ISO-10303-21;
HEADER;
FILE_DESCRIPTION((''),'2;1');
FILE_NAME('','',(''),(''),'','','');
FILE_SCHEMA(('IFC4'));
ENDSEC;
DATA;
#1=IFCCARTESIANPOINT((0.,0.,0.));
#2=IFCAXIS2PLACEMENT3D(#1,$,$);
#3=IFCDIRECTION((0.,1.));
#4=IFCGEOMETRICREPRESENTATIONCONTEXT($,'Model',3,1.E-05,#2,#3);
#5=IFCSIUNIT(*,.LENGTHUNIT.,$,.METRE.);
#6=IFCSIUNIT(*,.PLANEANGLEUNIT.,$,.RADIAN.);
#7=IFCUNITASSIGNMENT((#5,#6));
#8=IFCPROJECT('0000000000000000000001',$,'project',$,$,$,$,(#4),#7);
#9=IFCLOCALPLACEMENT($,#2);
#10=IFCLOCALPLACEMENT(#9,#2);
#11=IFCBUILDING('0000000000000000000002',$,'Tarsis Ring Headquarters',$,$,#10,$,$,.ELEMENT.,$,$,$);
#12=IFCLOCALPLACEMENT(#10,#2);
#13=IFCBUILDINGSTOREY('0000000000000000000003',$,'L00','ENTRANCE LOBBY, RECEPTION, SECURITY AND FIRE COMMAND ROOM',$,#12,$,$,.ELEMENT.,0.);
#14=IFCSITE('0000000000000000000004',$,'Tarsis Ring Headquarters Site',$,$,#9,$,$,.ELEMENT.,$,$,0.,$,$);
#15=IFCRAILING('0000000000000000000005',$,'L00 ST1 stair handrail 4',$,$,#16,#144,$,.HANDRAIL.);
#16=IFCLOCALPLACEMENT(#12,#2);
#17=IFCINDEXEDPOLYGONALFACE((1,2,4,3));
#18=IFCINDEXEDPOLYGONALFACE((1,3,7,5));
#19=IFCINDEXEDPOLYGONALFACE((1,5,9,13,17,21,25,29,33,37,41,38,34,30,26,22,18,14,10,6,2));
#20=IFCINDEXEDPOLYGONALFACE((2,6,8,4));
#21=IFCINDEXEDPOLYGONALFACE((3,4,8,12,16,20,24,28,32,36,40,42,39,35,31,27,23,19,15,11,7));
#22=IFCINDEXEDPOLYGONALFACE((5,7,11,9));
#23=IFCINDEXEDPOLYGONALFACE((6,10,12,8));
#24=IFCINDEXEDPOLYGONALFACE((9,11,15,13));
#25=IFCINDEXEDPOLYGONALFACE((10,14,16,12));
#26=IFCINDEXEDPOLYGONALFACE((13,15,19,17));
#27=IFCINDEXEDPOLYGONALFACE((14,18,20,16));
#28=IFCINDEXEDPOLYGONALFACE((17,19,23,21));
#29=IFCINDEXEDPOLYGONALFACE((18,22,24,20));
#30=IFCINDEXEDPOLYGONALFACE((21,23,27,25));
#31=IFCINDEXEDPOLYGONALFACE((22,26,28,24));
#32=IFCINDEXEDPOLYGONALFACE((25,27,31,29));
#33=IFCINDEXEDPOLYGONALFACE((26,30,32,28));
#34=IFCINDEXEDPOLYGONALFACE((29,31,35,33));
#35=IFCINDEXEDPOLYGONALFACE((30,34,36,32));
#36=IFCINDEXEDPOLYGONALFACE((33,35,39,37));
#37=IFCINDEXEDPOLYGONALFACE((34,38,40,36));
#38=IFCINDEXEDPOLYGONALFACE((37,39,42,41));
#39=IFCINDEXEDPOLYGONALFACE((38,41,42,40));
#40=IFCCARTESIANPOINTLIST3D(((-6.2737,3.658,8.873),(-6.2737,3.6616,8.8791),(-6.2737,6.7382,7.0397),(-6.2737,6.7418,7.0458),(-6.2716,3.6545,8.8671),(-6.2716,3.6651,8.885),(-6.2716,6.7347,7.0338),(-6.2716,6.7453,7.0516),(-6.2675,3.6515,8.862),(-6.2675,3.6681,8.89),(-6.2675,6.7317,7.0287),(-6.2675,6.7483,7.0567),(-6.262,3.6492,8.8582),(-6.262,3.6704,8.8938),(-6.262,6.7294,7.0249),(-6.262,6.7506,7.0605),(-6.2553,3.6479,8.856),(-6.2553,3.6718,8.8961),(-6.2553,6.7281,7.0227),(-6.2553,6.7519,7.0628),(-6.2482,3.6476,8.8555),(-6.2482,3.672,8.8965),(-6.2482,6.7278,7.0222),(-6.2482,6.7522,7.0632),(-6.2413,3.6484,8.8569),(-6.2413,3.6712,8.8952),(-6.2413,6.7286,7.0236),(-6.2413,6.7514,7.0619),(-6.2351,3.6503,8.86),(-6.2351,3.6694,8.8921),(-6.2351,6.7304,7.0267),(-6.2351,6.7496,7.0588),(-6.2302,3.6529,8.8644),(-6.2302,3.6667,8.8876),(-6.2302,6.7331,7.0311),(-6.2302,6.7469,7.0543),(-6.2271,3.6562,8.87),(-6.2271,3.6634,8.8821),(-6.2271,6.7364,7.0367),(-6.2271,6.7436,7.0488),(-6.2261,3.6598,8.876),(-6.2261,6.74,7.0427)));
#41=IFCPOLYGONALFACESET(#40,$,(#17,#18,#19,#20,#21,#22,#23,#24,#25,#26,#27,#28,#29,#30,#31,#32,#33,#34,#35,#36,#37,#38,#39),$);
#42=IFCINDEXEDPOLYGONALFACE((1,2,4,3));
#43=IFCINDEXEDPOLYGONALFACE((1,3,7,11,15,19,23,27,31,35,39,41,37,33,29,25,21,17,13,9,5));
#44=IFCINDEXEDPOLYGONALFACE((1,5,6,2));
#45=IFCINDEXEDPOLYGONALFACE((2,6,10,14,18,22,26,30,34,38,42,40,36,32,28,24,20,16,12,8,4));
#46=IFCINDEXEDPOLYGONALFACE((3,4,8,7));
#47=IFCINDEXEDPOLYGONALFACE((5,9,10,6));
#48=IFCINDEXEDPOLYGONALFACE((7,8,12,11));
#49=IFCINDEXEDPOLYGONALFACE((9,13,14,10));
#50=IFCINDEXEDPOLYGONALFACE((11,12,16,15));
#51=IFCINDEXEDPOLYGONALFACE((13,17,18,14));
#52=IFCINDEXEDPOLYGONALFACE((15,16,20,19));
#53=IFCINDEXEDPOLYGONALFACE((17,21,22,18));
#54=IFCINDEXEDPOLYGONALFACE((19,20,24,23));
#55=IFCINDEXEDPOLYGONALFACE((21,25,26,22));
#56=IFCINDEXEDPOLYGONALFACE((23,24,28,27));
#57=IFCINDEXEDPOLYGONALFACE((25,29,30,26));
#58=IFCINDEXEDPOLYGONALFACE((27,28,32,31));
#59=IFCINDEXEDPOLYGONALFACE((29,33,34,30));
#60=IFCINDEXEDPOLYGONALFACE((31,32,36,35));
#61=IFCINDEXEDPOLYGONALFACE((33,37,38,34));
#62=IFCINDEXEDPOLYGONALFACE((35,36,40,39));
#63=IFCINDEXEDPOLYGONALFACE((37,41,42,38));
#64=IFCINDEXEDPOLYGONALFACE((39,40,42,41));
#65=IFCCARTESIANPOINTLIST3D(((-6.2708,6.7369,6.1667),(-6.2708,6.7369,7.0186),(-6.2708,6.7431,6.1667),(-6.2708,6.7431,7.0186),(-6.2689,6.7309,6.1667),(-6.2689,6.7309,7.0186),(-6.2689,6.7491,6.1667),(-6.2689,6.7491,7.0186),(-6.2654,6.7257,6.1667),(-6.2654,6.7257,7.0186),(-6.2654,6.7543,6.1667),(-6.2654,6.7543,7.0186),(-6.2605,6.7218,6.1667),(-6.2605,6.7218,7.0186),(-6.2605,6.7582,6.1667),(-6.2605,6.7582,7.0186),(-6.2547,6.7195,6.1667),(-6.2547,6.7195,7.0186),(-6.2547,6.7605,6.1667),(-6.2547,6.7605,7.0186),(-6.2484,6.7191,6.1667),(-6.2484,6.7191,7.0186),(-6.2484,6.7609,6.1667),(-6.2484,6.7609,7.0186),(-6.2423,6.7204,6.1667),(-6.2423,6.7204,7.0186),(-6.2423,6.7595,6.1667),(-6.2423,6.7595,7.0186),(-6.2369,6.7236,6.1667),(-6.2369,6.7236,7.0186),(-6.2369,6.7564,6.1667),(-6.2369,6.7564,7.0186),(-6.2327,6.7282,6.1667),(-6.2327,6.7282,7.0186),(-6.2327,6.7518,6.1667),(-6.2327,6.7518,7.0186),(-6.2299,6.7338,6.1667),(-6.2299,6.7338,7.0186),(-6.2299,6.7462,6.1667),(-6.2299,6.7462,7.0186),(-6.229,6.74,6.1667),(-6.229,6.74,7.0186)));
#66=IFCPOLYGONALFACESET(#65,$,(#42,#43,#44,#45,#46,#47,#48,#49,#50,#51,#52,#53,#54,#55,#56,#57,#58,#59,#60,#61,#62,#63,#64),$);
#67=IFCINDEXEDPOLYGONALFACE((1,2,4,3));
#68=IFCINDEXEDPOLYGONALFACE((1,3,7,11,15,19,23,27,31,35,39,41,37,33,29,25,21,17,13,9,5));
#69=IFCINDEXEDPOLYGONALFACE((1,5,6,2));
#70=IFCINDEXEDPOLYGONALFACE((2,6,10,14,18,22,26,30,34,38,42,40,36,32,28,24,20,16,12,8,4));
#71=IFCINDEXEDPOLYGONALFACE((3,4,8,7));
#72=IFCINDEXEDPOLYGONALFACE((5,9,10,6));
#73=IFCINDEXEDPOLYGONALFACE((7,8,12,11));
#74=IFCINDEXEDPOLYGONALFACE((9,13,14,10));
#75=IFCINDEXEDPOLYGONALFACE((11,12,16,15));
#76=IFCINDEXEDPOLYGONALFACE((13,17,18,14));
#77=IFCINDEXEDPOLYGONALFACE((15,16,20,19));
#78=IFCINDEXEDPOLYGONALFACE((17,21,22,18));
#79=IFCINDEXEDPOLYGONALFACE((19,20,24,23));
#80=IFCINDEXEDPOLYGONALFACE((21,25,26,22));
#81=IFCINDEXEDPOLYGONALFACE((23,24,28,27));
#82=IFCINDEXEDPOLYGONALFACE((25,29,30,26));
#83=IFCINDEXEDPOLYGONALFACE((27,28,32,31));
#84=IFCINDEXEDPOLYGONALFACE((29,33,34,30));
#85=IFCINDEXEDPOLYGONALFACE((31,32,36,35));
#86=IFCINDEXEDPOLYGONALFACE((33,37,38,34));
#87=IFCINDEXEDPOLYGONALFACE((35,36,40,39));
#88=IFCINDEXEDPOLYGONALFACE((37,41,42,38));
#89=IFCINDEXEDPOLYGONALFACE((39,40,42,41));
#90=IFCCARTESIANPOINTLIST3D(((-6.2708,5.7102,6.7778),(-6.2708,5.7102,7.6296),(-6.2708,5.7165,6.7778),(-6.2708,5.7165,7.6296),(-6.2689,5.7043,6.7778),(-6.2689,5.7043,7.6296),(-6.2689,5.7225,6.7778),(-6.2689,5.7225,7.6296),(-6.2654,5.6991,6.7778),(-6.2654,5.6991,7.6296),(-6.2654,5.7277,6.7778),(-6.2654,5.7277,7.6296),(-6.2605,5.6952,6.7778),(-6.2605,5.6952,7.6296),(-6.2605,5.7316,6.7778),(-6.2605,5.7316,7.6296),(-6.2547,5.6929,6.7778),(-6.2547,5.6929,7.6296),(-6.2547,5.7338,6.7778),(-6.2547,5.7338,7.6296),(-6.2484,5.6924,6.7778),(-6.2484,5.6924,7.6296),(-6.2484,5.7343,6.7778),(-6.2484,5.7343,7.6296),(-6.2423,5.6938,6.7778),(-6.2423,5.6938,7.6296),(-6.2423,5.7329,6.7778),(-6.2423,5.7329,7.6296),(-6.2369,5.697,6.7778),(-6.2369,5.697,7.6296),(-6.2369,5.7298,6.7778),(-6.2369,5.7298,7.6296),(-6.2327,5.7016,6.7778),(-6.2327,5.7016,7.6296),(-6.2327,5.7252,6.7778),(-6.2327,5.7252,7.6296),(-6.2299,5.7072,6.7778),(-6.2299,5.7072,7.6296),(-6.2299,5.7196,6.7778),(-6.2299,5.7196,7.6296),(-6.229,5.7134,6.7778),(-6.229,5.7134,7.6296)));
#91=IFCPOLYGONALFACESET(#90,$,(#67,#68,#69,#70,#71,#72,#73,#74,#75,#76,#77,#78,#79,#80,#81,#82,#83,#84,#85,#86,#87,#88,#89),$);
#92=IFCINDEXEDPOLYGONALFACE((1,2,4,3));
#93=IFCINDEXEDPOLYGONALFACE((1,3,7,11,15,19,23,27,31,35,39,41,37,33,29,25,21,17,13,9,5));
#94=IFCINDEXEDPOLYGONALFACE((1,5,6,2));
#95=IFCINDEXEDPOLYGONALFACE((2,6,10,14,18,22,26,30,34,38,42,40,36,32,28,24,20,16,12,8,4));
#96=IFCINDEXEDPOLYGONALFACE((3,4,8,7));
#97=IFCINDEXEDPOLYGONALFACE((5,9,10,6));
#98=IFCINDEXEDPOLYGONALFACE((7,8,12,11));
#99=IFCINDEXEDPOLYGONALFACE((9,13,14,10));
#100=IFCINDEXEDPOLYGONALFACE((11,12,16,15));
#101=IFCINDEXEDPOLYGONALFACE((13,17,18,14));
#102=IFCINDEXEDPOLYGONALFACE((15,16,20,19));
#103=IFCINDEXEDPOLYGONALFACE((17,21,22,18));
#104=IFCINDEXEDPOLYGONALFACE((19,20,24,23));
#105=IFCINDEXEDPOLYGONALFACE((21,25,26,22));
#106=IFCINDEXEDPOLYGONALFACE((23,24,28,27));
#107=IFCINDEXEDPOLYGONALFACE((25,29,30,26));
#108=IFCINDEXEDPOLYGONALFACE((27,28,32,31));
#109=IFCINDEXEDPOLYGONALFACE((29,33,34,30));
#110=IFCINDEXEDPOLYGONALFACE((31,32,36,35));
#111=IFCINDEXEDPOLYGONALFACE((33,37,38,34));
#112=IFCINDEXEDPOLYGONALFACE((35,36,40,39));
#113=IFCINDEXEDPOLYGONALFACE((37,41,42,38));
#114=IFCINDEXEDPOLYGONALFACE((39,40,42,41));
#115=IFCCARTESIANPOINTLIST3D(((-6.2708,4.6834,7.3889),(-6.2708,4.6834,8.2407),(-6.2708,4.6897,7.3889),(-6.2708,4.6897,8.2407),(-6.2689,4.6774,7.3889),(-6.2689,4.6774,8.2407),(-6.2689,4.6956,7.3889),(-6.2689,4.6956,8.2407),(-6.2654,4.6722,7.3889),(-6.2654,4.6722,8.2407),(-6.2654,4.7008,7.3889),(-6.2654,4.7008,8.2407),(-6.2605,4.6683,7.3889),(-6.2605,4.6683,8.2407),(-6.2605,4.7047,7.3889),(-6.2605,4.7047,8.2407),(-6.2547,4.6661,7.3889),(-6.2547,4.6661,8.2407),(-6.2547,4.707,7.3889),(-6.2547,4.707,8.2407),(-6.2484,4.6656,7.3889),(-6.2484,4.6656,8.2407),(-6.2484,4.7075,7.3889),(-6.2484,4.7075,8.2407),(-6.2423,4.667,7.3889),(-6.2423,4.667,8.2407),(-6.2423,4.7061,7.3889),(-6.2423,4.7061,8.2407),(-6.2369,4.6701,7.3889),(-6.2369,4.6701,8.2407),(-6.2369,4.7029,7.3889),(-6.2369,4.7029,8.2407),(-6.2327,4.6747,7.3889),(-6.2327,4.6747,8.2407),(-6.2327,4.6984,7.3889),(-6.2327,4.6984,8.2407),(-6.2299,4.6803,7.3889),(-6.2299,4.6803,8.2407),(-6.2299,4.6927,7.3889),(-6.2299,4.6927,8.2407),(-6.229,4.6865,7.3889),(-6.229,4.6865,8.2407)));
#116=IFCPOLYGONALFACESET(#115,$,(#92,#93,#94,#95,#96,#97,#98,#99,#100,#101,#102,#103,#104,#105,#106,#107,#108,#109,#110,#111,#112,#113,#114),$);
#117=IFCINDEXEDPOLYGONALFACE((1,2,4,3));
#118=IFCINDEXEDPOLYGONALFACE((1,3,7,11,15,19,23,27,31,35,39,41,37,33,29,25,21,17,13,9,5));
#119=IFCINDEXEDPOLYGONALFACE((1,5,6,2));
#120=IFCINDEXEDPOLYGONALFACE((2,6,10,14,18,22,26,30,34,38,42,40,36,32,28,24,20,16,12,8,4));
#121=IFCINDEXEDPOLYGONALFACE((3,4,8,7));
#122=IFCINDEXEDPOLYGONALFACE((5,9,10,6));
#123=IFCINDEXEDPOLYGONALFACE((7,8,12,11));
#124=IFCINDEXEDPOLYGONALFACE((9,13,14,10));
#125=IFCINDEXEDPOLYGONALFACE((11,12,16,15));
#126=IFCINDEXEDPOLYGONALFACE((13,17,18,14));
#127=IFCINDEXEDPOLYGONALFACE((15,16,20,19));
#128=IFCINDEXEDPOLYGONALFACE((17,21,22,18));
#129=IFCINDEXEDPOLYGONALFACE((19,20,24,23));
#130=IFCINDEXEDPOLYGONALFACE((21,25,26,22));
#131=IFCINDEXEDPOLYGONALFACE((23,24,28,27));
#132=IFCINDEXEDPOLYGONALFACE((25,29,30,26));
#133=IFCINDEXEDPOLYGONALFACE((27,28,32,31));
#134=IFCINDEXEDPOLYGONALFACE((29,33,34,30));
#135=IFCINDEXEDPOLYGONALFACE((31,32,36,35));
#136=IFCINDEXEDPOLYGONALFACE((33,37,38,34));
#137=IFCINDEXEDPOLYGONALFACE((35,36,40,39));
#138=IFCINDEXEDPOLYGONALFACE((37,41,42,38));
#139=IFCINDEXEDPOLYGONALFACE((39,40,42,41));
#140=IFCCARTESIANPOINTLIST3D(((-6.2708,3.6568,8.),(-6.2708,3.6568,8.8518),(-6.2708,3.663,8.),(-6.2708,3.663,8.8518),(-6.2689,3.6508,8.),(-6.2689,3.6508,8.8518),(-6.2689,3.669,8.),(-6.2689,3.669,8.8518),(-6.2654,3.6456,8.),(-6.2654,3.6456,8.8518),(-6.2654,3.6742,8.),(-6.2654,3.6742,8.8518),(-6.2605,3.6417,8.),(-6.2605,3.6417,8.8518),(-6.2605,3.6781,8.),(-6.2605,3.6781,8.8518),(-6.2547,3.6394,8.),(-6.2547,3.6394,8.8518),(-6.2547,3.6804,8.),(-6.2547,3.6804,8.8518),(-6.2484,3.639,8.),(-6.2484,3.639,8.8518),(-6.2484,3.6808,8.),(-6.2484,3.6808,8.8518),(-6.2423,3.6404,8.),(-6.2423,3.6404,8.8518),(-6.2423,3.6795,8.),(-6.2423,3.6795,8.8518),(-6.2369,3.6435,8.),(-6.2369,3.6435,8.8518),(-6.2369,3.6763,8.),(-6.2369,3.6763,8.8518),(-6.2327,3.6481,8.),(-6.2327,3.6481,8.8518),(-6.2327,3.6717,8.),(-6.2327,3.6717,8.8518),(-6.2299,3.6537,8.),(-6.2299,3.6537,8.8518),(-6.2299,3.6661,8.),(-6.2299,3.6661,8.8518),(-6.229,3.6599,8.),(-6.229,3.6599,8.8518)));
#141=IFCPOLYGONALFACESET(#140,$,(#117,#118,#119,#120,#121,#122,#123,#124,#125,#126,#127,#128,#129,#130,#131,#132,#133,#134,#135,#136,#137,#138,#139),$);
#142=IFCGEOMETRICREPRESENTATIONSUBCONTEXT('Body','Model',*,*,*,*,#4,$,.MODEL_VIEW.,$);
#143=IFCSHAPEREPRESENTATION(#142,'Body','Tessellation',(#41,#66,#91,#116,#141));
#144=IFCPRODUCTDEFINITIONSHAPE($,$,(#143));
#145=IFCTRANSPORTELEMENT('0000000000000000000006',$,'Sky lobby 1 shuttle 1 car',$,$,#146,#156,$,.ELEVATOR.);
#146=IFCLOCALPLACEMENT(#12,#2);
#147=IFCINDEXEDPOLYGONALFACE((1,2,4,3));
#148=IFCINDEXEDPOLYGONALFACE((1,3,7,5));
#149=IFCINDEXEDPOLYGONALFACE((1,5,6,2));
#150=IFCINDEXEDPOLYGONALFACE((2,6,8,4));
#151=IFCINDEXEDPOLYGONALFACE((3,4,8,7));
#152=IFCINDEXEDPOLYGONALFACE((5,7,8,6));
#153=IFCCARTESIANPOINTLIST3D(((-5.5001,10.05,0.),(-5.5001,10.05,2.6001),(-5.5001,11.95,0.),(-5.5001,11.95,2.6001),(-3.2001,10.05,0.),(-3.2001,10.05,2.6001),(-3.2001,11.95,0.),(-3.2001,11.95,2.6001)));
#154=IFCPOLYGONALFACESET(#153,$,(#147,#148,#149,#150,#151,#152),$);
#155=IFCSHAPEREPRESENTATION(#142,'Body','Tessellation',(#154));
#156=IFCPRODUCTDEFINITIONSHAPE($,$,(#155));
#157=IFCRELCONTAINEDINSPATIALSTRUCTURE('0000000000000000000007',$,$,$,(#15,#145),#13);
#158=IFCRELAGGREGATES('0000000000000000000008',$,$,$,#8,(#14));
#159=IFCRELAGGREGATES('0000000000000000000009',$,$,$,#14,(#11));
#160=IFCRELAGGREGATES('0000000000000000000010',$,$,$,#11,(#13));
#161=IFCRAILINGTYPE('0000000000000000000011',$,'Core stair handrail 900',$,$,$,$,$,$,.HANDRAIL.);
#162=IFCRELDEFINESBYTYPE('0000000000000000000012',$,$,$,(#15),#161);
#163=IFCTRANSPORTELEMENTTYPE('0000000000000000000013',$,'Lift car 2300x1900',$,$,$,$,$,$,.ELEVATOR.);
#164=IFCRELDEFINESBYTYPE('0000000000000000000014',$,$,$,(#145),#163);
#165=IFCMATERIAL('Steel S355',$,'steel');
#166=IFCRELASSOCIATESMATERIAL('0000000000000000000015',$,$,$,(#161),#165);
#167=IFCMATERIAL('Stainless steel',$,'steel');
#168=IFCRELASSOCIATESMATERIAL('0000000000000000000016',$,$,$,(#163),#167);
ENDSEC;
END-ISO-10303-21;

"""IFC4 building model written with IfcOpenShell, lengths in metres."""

from ifc_helpers import new_model, si_unit, direction, frame, origin, origin_2d, place, context, subcontext, project, spatial, rectangle, circle, extrude, material, type_object, element, save


model = new_model("IFC4")

# Units and contexts
model_context = context("Model", 3, precision=1e-05, world=origin(), true_north=direction((0.0, 1.0)))
body_context = subcontext(model_context, "Body", "Model", "MODEL_VIEW")
ifc_project = project(units=[si_unit("LENGTHUNIT", "METRE"), si_unit("PLANEANGLEUNIT", "RADIAN")], contexts=[model_context])

# Site, building, storey
site_placement = place(None, origin())
site = spatial("IfcSite", under=ifc_project, at=site_placement, Name="Tarsis Ring Headquarters Site", CompositionType="ELEMENT", RefElevation=0.0)
building_placement = place(site_placement, origin())
building = spatial("IfcBuilding", under=site, at=building_placement, Name="Tarsis Ring Headquarters", CompositionType="ELEMENT")
storey_placement = place(building_placement, origin())
storey = spatial("IfcBuildingStorey", under=building, at=storey_placement, Name="L00", Description="ENTRANCE LOBBY, RECEPTION, SECURITY AND FIRE COMMAND ROOM", CompositionType="ELEMENT", Elevation=0.0)

# Railing
ifc_material_1 = material(Name="Steel S355", Category="steel")
railing_type_1 = type_object("IfcRailingType", Name="Core stair handrail 900", PredefinedType="HANDRAIL", material=ifc_material_1)
for number, where, name in (
    (1, (-6.25, 6.74, 6.1667), "L00 ST1 stair handrail 4"),
):
    element("IfcRailing", number, at=place(storey_placement, frame(where)), inside=storey, type_object=railing_type_1, Name=name, PredefinedType="HANDRAIL", context=body_context, shape_type="SweptSolid", body=[
        extrude(circle(Radius=0.0239, at=origin_2d()), frame((0.0, 0.0, 0.876), z_axis=(0.0, -0.859309, 0.511458), x_axis=(1.0, 0.0, 0.0)), (0.0, 0.0, 1.0), 3.5845),
        extrude(circle(Radius=0.021, at=origin_2d()), origin(), (0.0, 0.0, 1.0), 0.8518),
        extrude(circle(Radius=0.021, at=origin_2d()), frame((0.0, -1.0266, 0.6111)), (0.0, 0.0, 1.0), 0.8518),
        extrude(circle(Radius=0.021, at=origin_2d()), frame((0.0, -2.0535, 1.2222)), (0.0, 0.0, 1.0), 0.8518),
        extrude(circle(Radius=0.021, at=origin_2d()), frame((0.0, -3.0801, 1.8333)), (0.0, 0.0, 1.0), 0.8518),
    ])

# Transport element
ifc_material_2 = material(Name="Stainless steel", Category="steel")
transport_element_type = type_object("IfcTransportElementType", Name="Lift car 2300x1900", PredefinedType="ELEVATOR", material=ifc_material_2)
transport_element_placement = place(storey_placement, frame((-4.3501, 11.0, 0.0), z_axis=(0.0, 0.0, 1.0), x_axis=(1.0, 0.0, 0.0)))
element("IfcTransportElement", 2, at=transport_element_placement, inside=storey, type_object=transport_element_type, Name="Sky lobby 1 shuttle 1 car", PredefinedType="ELEVATOR", context=body_context, shape_type="SweptSolid", body=[
    extrude(rectangle(XDim=2.3, YDim=1.8999, at=origin_2d()), origin(), (0.0, 0.0, 1.0), 2.6001),
])

save(model, "model.ifc")
